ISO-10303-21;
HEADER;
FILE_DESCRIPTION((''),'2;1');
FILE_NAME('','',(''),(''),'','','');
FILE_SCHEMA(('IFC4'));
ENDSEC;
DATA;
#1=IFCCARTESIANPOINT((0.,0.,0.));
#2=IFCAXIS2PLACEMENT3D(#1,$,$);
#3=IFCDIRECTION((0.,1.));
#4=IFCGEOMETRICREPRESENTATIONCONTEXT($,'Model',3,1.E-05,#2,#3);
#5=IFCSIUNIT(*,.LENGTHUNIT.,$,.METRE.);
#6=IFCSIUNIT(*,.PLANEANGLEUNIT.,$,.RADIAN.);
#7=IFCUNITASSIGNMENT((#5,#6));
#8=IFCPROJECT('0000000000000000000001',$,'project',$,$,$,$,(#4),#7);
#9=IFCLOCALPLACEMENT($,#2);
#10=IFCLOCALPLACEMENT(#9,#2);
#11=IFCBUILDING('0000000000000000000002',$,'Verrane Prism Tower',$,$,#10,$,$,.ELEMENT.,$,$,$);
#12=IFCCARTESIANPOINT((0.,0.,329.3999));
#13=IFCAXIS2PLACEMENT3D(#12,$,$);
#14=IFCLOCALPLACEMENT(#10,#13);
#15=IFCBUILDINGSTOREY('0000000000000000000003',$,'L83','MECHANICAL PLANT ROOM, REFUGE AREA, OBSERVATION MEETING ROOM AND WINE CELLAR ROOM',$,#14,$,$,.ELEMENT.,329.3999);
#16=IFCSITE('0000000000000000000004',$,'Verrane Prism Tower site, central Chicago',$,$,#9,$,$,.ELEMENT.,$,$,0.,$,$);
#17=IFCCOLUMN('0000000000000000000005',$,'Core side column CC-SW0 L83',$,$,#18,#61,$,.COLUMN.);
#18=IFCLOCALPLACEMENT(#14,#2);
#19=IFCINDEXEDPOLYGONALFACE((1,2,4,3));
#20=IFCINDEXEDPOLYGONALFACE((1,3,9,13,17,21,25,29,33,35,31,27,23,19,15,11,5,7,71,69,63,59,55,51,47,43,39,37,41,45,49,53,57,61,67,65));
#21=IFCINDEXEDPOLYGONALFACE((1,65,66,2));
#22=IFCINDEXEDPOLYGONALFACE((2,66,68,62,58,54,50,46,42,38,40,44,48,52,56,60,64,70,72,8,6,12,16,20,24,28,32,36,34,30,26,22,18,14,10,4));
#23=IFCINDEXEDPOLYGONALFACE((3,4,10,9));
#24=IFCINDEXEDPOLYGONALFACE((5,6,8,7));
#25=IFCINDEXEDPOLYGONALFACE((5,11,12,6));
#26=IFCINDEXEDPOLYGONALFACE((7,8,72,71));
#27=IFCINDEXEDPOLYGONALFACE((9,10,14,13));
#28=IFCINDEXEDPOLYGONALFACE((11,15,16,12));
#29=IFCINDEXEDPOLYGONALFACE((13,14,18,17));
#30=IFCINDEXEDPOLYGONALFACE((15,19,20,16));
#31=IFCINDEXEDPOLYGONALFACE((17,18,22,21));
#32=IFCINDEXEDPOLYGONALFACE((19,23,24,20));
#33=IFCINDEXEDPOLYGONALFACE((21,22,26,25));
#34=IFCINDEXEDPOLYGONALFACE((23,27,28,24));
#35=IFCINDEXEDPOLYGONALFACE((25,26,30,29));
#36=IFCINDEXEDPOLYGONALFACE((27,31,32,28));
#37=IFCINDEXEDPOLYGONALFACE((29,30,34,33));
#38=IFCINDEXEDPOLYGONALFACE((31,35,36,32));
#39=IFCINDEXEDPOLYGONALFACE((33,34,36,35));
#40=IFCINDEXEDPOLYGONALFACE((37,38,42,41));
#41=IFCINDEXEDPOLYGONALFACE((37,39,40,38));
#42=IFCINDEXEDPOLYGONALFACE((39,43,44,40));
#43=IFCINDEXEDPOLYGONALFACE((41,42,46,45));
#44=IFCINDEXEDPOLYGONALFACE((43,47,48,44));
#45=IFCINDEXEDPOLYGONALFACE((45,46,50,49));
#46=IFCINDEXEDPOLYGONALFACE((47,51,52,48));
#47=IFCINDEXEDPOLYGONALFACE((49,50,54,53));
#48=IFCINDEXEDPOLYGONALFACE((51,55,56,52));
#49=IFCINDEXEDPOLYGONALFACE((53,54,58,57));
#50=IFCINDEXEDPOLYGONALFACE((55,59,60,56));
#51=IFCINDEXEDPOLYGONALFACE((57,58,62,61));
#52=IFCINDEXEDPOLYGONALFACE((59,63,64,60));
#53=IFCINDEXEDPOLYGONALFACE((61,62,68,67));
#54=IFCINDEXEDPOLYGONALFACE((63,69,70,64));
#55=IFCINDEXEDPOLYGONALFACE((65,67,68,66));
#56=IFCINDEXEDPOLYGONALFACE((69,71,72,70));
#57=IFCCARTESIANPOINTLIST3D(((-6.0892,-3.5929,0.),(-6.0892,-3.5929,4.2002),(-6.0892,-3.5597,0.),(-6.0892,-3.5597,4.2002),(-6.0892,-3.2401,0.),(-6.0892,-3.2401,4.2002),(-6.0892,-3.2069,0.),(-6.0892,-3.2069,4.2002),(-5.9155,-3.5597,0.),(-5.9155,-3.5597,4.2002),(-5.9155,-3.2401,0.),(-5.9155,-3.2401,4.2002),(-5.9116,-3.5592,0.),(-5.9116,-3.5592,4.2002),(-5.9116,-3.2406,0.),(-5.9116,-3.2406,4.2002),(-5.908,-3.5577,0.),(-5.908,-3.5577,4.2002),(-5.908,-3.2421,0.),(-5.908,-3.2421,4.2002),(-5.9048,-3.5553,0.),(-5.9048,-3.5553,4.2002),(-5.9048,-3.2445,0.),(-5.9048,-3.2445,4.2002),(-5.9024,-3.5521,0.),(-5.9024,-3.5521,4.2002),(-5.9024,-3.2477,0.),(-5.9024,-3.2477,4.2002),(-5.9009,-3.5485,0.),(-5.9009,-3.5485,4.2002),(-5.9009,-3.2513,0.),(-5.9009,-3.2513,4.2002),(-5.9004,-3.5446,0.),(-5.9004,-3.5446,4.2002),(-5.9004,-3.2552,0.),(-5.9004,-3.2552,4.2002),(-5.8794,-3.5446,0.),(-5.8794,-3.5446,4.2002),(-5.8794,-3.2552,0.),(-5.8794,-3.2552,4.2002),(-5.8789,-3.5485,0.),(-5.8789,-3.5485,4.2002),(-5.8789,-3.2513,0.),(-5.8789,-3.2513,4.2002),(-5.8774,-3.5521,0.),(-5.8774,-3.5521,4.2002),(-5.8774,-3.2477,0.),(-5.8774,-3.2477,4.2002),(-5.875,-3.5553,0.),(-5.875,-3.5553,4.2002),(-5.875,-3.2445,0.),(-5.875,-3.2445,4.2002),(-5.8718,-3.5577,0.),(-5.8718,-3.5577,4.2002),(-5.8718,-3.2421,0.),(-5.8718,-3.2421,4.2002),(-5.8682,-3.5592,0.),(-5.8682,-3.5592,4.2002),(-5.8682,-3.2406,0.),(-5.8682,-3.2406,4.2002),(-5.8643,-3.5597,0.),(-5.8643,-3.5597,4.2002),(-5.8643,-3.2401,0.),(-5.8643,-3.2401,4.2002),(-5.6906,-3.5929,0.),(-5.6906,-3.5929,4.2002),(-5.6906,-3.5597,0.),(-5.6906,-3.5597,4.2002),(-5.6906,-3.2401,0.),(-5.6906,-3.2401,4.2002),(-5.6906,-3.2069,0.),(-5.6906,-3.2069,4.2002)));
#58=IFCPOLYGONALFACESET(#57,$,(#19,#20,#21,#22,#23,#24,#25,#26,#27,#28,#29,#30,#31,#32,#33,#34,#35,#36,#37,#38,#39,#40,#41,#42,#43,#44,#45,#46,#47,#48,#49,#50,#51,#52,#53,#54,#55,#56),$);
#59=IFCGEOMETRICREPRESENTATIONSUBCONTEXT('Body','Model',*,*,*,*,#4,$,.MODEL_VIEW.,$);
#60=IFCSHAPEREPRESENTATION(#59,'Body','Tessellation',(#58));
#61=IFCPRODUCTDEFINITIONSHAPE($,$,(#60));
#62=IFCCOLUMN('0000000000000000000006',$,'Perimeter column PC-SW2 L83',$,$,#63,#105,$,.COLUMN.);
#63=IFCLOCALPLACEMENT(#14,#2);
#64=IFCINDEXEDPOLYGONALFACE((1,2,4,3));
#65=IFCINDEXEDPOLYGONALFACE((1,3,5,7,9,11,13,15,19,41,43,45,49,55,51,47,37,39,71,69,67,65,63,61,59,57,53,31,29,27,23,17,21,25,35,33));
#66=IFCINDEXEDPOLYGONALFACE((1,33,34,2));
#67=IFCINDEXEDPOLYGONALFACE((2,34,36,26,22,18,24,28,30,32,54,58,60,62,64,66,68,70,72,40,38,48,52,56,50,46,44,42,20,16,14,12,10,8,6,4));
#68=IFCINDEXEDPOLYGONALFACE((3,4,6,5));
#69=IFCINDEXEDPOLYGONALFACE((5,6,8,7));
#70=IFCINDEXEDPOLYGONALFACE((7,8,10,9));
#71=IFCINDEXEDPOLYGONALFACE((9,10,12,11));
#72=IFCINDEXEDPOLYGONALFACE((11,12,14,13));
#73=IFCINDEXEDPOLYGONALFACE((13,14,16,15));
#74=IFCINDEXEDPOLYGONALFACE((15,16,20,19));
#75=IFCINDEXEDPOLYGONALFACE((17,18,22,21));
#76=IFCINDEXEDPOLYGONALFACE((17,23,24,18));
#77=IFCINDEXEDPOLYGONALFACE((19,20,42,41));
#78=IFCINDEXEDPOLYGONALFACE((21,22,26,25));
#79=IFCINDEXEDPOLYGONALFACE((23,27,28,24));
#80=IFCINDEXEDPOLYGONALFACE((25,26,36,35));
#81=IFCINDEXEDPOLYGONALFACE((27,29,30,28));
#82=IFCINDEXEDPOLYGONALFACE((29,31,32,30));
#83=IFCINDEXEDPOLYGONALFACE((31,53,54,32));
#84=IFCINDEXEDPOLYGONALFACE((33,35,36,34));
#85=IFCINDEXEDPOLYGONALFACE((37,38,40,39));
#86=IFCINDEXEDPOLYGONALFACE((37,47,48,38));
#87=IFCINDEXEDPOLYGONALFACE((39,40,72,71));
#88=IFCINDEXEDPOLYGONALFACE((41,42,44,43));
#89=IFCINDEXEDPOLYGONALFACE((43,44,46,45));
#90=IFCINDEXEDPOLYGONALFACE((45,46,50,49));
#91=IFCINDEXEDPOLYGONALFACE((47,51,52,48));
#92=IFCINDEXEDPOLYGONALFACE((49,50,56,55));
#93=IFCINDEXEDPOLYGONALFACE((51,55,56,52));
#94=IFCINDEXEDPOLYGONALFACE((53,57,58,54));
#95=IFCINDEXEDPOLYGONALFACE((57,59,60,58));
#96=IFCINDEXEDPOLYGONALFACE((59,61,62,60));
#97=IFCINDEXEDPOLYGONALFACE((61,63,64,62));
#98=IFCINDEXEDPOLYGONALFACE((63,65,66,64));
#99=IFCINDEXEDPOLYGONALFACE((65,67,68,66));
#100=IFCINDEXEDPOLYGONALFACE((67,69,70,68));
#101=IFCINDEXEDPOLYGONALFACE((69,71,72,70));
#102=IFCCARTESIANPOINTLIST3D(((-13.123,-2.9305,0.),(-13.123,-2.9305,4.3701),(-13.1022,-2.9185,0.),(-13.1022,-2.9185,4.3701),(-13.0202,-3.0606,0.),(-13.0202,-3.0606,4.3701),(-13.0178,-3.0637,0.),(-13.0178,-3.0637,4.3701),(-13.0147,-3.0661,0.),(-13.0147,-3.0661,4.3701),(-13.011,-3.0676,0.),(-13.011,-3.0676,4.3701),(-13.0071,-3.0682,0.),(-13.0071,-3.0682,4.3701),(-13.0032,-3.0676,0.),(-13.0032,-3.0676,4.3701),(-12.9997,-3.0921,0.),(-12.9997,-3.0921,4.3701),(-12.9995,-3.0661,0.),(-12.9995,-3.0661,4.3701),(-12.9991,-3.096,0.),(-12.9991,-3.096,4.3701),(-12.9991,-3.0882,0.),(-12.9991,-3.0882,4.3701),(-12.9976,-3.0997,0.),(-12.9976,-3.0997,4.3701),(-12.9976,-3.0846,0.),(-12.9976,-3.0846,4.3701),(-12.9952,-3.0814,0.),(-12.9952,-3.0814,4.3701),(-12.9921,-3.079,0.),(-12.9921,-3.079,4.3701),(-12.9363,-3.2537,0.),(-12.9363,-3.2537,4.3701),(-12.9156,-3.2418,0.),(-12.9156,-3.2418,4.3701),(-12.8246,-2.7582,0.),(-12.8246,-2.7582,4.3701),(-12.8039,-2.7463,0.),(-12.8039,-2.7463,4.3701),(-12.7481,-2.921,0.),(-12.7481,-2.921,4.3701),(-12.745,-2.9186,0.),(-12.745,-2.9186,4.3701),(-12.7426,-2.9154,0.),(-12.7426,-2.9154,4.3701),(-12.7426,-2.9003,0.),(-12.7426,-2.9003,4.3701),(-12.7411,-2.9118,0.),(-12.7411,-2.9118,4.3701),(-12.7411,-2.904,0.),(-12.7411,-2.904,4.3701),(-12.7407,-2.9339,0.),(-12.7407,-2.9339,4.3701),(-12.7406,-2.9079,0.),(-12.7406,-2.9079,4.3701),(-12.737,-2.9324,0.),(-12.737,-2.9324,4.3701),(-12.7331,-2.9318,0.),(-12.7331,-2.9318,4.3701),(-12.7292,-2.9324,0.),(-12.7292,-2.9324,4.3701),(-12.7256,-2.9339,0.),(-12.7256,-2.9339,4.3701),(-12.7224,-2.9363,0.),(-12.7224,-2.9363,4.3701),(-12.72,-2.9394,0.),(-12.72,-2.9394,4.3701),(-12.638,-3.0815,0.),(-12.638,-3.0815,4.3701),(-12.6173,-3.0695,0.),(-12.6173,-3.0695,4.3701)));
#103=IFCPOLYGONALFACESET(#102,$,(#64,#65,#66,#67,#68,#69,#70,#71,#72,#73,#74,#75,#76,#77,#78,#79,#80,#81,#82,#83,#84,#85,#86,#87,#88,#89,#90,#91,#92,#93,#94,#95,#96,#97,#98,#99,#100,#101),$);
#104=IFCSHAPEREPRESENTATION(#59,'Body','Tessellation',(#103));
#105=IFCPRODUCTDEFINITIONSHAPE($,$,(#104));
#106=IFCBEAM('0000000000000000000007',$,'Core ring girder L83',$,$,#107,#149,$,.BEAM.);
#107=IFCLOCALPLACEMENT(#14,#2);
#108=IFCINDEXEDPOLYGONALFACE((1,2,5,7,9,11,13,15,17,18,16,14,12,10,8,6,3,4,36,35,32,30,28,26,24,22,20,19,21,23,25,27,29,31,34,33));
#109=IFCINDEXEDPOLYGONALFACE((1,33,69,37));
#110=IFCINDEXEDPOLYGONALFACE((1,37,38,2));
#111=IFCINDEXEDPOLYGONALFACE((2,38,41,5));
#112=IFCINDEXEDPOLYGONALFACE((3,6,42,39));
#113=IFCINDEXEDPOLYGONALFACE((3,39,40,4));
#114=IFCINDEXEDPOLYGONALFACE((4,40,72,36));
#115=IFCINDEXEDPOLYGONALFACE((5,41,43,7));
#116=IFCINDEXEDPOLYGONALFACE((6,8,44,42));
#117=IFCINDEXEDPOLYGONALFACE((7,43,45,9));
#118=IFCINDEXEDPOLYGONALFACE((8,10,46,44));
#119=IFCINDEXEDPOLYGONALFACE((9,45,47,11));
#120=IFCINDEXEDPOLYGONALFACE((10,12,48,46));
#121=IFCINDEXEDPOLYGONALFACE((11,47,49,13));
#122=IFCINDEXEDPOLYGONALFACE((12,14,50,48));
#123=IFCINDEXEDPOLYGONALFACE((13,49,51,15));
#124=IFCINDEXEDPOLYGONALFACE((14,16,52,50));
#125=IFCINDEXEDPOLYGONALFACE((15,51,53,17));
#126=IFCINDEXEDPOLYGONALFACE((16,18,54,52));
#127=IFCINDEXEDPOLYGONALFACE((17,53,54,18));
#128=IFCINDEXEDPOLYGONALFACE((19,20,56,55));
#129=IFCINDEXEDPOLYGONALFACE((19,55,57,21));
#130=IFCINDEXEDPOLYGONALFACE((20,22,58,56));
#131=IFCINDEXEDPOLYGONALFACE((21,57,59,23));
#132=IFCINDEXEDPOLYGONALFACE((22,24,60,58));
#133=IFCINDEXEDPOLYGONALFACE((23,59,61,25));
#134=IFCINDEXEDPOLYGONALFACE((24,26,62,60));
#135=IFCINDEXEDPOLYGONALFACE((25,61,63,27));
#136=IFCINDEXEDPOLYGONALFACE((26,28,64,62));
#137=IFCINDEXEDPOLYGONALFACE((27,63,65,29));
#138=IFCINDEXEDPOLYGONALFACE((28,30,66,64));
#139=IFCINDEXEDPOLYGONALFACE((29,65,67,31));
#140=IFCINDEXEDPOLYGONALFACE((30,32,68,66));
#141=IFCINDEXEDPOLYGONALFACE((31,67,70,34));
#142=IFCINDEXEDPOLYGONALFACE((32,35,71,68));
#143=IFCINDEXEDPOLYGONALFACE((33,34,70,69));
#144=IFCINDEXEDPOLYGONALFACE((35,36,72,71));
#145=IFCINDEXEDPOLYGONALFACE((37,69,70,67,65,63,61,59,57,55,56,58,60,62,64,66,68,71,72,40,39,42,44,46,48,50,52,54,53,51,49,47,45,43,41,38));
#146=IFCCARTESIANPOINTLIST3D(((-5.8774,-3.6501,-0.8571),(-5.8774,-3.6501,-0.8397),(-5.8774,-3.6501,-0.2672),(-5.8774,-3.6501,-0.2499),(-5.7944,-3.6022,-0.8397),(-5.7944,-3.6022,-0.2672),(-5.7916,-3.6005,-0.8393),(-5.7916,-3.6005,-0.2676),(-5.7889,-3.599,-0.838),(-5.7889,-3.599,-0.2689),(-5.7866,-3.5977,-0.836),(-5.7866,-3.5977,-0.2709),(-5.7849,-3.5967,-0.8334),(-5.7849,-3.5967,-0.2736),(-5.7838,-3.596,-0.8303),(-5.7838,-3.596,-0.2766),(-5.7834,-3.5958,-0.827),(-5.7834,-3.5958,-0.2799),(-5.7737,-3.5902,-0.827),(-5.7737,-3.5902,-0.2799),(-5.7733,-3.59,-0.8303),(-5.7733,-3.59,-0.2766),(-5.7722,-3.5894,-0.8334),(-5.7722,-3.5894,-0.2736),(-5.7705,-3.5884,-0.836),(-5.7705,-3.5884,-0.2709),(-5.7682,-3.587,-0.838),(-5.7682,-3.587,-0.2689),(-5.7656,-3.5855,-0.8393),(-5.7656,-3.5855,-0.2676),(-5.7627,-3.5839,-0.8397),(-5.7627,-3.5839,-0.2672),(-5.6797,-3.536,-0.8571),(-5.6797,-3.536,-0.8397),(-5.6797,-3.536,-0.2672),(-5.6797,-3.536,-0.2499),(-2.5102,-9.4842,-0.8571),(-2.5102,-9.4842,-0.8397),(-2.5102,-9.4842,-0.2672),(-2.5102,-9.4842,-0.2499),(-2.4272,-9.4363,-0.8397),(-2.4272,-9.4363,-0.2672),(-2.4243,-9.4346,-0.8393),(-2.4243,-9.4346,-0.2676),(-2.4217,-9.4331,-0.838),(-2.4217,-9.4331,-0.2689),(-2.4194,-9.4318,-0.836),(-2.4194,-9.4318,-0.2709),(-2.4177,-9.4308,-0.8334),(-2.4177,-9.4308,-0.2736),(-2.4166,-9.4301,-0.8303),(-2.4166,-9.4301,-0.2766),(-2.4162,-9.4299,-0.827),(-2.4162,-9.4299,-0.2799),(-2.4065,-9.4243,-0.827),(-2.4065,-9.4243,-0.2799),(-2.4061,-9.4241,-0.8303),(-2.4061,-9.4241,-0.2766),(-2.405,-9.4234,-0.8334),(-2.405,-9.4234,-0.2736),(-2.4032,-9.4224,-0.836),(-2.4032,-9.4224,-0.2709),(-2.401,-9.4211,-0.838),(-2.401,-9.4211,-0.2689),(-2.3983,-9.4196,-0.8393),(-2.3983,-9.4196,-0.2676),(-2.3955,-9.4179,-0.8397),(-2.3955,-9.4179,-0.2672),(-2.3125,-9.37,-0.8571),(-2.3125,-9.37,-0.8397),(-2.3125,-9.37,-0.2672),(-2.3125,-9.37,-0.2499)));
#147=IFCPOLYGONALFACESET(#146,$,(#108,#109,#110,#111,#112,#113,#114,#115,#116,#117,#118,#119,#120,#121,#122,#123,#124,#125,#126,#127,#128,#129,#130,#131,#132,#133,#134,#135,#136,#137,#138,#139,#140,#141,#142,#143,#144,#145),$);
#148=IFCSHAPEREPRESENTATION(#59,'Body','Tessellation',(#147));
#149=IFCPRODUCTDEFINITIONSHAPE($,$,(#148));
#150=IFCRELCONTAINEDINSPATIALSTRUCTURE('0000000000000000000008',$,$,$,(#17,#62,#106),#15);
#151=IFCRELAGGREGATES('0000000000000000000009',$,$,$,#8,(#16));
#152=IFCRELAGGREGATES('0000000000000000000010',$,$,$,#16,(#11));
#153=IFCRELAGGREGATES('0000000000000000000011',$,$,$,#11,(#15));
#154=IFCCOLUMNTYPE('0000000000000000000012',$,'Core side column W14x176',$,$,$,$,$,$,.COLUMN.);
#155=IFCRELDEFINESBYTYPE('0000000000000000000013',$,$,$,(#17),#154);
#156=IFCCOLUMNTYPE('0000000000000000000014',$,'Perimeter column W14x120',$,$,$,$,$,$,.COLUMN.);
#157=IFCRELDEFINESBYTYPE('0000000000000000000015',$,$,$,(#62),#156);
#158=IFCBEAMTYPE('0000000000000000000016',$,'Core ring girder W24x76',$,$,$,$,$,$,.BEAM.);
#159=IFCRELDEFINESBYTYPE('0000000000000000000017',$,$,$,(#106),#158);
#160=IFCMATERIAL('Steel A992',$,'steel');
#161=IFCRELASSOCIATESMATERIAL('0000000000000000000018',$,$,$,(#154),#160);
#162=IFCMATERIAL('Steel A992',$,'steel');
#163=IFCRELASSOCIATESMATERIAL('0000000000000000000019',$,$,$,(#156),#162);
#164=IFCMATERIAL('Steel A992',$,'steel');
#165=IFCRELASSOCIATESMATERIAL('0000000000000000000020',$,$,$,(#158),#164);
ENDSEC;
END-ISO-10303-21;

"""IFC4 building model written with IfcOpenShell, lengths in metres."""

from ifc_helpers import new_model, si_unit, direction, frame, origin, origin_2d, place, context, subcontext, project, spatial, i_section, extrude, material, material_profile, profile_set, type_object, element, save


model = new_model("IFC4")

# Units and contexts
model_context = context("Model", 3, precision=1e-05, world=origin(), true_north=direction((0.0, 1.0)))
body_context = subcontext(model_context, "Body", "Model", "MODEL_VIEW")
ifc_project = project(units=[si_unit("LENGTHUNIT", "METRE"), si_unit("PLANEANGLEUNIT", "RADIAN")], contexts=[model_context])

# Site, building, storey
site_placement = place(None, origin())
site = spatial("IfcSite", under=ifc_project, at=site_placement, Name="Verrane Prism Tower site, central Chicago", CompositionType="ELEMENT", RefElevation=0.0)
building_placement = place(site_placement, origin())
building = spatial("IfcBuilding", under=site, at=building_placement, Name="Verrane Prism Tower", CompositionType="ELEMENT")
storey_placement = place(building_placement, frame((0.0, 0.0, 329.3999)))
storey = spatial("IfcBuildingStorey", under=building, at=storey_placement, Name="L83", Description="MECHANICAL PLANT ROOM, REFUGE AREA, OBSERVATION MEETING ROOM AND WINE CELLAR ROOM", CompositionType="ELEMENT", Elevation=329.3999)

# Columns
ifc_material_1 = material(Name="Steel A992", Category="steel")
ifc_material_profile_1 = material_profile(ifc_material_1, i_section(OverallWidth=0.3987, OverallDepth=0.386, WebThickness=0.021, FlangeThickness=0.0332, FilletRadius=0.0151, at=origin_2d()), Name="W14x176")
ifc_profile_set_1 = profile_set([ifc_material_profile_1], Name="Steel A992")
column_type_1 = type_object("IfcColumnType", Name="Core side column W14x176", PredefinedType="COLUMN", material=ifc_profile_set_1)
column_1_placement = place(storey_placement, frame((-5.8899, -3.3999, 0.0), z_axis=(0.0, 0.0, 1.0), x_axis=(1.0, 0.0, 0.0)))
element("IfcColumn", 1, at=column_1_placement, inside=storey, type_object=column_type_1, Name="Core side column CC-SW0 L83", PredefinedType="COLUMN", context=body_context, shape_type="SweptSolid", body=[
    extrude(i_section(OverallWidth=0.3987, OverallDepth=0.386, WebThickness=0.021, FlangeThickness=0.0332, FilletRadius=0.0151, at=origin_2d()), origin(), (0.0, 0.0, 1.0), 4.2002),
])
ifc_material_2 = material(Name="Steel A992", Category="steel")
ifc_material_profile_2 = material_profile(ifc_material_2, i_section(OverallWidth=0.3733, OverallDepth=0.3684, WebThickness=0.0149, FlangeThickness=0.0239, FilletRadius=0.0151, at=origin_2d()), Name="W14x120")
ifc_profile_set_2 = profile_set([ifc_material_profile_2], Name="Steel A992")
column_type_2 = type_object("IfcColumnType", Name="Perimeter column W14x120", PredefinedType="COLUMN", material=ifc_profile_set_2)
column_2_placement = place(storey_placement, frame((-12.8701, -3.0, 0.0), z_axis=(0.0, 0.0, 1.0), x_axis=(-0.5, 0.866025, 0.0)))
element("IfcColumn", 2, at=column_2_placement, inside=storey, type_object=column_type_2, Name="Perimeter column PC-SW2 L83", PredefinedType="COLUMN", context=body_context, shape_type="SweptSolid", body=[
    extrude(i_section(OverallWidth=0.3733, OverallDepth=0.3684, WebThickness=0.0149, FlangeThickness=0.0239, FilletRadius=0.0151, at=origin_2d()), origin(), (0.0, 0.0, 1.0), 4.3701),
])

# Beam
ifc_material_3 = material(Name="Steel A992", Category="steel")
ifc_material_profile_3 = material_profile(ifc_material_3, i_section(OverallWidth=0.2283, OverallDepth=0.6072, WebThickness=0.0112, FlangeThickness=0.0173, FilletRadius=0.0127, at=origin_2d()), Name="W24x76")
ifc_profile_set_3 = profile_set([ifc_material_profile_3], Name="Steel A992")
beam_type_1 = type_object("IfcBeamType", Name="Core ring girder W24x76", PredefinedType="BEAM", material=ifc_profile_set_3)
beam_1_placement = place(storey_placement, frame((-5.7786, -3.593, -0.5535), z_axis=(0.499881, -0.866094, 0.0), x_axis=(0.866094, 0.499881, 0.0)))
element("IfcBeam", 3, at=beam_1_placement, inside=storey, type_object=beam_type_1, Name="Core ring girder L83", PredefinedType="BEAM", context=body_context, shape_type="SweptSolid", body=[
    extrude(i_section(OverallWidth=0.2283, OverallDepth=0.6072, WebThickness=0.0112, FlangeThickness=0.0173, FilletRadius=0.0127, at=origin_2d()), origin(), (0.0, 0.0, 1.0), 6.7361),
])

save(model, "model.ifc")
